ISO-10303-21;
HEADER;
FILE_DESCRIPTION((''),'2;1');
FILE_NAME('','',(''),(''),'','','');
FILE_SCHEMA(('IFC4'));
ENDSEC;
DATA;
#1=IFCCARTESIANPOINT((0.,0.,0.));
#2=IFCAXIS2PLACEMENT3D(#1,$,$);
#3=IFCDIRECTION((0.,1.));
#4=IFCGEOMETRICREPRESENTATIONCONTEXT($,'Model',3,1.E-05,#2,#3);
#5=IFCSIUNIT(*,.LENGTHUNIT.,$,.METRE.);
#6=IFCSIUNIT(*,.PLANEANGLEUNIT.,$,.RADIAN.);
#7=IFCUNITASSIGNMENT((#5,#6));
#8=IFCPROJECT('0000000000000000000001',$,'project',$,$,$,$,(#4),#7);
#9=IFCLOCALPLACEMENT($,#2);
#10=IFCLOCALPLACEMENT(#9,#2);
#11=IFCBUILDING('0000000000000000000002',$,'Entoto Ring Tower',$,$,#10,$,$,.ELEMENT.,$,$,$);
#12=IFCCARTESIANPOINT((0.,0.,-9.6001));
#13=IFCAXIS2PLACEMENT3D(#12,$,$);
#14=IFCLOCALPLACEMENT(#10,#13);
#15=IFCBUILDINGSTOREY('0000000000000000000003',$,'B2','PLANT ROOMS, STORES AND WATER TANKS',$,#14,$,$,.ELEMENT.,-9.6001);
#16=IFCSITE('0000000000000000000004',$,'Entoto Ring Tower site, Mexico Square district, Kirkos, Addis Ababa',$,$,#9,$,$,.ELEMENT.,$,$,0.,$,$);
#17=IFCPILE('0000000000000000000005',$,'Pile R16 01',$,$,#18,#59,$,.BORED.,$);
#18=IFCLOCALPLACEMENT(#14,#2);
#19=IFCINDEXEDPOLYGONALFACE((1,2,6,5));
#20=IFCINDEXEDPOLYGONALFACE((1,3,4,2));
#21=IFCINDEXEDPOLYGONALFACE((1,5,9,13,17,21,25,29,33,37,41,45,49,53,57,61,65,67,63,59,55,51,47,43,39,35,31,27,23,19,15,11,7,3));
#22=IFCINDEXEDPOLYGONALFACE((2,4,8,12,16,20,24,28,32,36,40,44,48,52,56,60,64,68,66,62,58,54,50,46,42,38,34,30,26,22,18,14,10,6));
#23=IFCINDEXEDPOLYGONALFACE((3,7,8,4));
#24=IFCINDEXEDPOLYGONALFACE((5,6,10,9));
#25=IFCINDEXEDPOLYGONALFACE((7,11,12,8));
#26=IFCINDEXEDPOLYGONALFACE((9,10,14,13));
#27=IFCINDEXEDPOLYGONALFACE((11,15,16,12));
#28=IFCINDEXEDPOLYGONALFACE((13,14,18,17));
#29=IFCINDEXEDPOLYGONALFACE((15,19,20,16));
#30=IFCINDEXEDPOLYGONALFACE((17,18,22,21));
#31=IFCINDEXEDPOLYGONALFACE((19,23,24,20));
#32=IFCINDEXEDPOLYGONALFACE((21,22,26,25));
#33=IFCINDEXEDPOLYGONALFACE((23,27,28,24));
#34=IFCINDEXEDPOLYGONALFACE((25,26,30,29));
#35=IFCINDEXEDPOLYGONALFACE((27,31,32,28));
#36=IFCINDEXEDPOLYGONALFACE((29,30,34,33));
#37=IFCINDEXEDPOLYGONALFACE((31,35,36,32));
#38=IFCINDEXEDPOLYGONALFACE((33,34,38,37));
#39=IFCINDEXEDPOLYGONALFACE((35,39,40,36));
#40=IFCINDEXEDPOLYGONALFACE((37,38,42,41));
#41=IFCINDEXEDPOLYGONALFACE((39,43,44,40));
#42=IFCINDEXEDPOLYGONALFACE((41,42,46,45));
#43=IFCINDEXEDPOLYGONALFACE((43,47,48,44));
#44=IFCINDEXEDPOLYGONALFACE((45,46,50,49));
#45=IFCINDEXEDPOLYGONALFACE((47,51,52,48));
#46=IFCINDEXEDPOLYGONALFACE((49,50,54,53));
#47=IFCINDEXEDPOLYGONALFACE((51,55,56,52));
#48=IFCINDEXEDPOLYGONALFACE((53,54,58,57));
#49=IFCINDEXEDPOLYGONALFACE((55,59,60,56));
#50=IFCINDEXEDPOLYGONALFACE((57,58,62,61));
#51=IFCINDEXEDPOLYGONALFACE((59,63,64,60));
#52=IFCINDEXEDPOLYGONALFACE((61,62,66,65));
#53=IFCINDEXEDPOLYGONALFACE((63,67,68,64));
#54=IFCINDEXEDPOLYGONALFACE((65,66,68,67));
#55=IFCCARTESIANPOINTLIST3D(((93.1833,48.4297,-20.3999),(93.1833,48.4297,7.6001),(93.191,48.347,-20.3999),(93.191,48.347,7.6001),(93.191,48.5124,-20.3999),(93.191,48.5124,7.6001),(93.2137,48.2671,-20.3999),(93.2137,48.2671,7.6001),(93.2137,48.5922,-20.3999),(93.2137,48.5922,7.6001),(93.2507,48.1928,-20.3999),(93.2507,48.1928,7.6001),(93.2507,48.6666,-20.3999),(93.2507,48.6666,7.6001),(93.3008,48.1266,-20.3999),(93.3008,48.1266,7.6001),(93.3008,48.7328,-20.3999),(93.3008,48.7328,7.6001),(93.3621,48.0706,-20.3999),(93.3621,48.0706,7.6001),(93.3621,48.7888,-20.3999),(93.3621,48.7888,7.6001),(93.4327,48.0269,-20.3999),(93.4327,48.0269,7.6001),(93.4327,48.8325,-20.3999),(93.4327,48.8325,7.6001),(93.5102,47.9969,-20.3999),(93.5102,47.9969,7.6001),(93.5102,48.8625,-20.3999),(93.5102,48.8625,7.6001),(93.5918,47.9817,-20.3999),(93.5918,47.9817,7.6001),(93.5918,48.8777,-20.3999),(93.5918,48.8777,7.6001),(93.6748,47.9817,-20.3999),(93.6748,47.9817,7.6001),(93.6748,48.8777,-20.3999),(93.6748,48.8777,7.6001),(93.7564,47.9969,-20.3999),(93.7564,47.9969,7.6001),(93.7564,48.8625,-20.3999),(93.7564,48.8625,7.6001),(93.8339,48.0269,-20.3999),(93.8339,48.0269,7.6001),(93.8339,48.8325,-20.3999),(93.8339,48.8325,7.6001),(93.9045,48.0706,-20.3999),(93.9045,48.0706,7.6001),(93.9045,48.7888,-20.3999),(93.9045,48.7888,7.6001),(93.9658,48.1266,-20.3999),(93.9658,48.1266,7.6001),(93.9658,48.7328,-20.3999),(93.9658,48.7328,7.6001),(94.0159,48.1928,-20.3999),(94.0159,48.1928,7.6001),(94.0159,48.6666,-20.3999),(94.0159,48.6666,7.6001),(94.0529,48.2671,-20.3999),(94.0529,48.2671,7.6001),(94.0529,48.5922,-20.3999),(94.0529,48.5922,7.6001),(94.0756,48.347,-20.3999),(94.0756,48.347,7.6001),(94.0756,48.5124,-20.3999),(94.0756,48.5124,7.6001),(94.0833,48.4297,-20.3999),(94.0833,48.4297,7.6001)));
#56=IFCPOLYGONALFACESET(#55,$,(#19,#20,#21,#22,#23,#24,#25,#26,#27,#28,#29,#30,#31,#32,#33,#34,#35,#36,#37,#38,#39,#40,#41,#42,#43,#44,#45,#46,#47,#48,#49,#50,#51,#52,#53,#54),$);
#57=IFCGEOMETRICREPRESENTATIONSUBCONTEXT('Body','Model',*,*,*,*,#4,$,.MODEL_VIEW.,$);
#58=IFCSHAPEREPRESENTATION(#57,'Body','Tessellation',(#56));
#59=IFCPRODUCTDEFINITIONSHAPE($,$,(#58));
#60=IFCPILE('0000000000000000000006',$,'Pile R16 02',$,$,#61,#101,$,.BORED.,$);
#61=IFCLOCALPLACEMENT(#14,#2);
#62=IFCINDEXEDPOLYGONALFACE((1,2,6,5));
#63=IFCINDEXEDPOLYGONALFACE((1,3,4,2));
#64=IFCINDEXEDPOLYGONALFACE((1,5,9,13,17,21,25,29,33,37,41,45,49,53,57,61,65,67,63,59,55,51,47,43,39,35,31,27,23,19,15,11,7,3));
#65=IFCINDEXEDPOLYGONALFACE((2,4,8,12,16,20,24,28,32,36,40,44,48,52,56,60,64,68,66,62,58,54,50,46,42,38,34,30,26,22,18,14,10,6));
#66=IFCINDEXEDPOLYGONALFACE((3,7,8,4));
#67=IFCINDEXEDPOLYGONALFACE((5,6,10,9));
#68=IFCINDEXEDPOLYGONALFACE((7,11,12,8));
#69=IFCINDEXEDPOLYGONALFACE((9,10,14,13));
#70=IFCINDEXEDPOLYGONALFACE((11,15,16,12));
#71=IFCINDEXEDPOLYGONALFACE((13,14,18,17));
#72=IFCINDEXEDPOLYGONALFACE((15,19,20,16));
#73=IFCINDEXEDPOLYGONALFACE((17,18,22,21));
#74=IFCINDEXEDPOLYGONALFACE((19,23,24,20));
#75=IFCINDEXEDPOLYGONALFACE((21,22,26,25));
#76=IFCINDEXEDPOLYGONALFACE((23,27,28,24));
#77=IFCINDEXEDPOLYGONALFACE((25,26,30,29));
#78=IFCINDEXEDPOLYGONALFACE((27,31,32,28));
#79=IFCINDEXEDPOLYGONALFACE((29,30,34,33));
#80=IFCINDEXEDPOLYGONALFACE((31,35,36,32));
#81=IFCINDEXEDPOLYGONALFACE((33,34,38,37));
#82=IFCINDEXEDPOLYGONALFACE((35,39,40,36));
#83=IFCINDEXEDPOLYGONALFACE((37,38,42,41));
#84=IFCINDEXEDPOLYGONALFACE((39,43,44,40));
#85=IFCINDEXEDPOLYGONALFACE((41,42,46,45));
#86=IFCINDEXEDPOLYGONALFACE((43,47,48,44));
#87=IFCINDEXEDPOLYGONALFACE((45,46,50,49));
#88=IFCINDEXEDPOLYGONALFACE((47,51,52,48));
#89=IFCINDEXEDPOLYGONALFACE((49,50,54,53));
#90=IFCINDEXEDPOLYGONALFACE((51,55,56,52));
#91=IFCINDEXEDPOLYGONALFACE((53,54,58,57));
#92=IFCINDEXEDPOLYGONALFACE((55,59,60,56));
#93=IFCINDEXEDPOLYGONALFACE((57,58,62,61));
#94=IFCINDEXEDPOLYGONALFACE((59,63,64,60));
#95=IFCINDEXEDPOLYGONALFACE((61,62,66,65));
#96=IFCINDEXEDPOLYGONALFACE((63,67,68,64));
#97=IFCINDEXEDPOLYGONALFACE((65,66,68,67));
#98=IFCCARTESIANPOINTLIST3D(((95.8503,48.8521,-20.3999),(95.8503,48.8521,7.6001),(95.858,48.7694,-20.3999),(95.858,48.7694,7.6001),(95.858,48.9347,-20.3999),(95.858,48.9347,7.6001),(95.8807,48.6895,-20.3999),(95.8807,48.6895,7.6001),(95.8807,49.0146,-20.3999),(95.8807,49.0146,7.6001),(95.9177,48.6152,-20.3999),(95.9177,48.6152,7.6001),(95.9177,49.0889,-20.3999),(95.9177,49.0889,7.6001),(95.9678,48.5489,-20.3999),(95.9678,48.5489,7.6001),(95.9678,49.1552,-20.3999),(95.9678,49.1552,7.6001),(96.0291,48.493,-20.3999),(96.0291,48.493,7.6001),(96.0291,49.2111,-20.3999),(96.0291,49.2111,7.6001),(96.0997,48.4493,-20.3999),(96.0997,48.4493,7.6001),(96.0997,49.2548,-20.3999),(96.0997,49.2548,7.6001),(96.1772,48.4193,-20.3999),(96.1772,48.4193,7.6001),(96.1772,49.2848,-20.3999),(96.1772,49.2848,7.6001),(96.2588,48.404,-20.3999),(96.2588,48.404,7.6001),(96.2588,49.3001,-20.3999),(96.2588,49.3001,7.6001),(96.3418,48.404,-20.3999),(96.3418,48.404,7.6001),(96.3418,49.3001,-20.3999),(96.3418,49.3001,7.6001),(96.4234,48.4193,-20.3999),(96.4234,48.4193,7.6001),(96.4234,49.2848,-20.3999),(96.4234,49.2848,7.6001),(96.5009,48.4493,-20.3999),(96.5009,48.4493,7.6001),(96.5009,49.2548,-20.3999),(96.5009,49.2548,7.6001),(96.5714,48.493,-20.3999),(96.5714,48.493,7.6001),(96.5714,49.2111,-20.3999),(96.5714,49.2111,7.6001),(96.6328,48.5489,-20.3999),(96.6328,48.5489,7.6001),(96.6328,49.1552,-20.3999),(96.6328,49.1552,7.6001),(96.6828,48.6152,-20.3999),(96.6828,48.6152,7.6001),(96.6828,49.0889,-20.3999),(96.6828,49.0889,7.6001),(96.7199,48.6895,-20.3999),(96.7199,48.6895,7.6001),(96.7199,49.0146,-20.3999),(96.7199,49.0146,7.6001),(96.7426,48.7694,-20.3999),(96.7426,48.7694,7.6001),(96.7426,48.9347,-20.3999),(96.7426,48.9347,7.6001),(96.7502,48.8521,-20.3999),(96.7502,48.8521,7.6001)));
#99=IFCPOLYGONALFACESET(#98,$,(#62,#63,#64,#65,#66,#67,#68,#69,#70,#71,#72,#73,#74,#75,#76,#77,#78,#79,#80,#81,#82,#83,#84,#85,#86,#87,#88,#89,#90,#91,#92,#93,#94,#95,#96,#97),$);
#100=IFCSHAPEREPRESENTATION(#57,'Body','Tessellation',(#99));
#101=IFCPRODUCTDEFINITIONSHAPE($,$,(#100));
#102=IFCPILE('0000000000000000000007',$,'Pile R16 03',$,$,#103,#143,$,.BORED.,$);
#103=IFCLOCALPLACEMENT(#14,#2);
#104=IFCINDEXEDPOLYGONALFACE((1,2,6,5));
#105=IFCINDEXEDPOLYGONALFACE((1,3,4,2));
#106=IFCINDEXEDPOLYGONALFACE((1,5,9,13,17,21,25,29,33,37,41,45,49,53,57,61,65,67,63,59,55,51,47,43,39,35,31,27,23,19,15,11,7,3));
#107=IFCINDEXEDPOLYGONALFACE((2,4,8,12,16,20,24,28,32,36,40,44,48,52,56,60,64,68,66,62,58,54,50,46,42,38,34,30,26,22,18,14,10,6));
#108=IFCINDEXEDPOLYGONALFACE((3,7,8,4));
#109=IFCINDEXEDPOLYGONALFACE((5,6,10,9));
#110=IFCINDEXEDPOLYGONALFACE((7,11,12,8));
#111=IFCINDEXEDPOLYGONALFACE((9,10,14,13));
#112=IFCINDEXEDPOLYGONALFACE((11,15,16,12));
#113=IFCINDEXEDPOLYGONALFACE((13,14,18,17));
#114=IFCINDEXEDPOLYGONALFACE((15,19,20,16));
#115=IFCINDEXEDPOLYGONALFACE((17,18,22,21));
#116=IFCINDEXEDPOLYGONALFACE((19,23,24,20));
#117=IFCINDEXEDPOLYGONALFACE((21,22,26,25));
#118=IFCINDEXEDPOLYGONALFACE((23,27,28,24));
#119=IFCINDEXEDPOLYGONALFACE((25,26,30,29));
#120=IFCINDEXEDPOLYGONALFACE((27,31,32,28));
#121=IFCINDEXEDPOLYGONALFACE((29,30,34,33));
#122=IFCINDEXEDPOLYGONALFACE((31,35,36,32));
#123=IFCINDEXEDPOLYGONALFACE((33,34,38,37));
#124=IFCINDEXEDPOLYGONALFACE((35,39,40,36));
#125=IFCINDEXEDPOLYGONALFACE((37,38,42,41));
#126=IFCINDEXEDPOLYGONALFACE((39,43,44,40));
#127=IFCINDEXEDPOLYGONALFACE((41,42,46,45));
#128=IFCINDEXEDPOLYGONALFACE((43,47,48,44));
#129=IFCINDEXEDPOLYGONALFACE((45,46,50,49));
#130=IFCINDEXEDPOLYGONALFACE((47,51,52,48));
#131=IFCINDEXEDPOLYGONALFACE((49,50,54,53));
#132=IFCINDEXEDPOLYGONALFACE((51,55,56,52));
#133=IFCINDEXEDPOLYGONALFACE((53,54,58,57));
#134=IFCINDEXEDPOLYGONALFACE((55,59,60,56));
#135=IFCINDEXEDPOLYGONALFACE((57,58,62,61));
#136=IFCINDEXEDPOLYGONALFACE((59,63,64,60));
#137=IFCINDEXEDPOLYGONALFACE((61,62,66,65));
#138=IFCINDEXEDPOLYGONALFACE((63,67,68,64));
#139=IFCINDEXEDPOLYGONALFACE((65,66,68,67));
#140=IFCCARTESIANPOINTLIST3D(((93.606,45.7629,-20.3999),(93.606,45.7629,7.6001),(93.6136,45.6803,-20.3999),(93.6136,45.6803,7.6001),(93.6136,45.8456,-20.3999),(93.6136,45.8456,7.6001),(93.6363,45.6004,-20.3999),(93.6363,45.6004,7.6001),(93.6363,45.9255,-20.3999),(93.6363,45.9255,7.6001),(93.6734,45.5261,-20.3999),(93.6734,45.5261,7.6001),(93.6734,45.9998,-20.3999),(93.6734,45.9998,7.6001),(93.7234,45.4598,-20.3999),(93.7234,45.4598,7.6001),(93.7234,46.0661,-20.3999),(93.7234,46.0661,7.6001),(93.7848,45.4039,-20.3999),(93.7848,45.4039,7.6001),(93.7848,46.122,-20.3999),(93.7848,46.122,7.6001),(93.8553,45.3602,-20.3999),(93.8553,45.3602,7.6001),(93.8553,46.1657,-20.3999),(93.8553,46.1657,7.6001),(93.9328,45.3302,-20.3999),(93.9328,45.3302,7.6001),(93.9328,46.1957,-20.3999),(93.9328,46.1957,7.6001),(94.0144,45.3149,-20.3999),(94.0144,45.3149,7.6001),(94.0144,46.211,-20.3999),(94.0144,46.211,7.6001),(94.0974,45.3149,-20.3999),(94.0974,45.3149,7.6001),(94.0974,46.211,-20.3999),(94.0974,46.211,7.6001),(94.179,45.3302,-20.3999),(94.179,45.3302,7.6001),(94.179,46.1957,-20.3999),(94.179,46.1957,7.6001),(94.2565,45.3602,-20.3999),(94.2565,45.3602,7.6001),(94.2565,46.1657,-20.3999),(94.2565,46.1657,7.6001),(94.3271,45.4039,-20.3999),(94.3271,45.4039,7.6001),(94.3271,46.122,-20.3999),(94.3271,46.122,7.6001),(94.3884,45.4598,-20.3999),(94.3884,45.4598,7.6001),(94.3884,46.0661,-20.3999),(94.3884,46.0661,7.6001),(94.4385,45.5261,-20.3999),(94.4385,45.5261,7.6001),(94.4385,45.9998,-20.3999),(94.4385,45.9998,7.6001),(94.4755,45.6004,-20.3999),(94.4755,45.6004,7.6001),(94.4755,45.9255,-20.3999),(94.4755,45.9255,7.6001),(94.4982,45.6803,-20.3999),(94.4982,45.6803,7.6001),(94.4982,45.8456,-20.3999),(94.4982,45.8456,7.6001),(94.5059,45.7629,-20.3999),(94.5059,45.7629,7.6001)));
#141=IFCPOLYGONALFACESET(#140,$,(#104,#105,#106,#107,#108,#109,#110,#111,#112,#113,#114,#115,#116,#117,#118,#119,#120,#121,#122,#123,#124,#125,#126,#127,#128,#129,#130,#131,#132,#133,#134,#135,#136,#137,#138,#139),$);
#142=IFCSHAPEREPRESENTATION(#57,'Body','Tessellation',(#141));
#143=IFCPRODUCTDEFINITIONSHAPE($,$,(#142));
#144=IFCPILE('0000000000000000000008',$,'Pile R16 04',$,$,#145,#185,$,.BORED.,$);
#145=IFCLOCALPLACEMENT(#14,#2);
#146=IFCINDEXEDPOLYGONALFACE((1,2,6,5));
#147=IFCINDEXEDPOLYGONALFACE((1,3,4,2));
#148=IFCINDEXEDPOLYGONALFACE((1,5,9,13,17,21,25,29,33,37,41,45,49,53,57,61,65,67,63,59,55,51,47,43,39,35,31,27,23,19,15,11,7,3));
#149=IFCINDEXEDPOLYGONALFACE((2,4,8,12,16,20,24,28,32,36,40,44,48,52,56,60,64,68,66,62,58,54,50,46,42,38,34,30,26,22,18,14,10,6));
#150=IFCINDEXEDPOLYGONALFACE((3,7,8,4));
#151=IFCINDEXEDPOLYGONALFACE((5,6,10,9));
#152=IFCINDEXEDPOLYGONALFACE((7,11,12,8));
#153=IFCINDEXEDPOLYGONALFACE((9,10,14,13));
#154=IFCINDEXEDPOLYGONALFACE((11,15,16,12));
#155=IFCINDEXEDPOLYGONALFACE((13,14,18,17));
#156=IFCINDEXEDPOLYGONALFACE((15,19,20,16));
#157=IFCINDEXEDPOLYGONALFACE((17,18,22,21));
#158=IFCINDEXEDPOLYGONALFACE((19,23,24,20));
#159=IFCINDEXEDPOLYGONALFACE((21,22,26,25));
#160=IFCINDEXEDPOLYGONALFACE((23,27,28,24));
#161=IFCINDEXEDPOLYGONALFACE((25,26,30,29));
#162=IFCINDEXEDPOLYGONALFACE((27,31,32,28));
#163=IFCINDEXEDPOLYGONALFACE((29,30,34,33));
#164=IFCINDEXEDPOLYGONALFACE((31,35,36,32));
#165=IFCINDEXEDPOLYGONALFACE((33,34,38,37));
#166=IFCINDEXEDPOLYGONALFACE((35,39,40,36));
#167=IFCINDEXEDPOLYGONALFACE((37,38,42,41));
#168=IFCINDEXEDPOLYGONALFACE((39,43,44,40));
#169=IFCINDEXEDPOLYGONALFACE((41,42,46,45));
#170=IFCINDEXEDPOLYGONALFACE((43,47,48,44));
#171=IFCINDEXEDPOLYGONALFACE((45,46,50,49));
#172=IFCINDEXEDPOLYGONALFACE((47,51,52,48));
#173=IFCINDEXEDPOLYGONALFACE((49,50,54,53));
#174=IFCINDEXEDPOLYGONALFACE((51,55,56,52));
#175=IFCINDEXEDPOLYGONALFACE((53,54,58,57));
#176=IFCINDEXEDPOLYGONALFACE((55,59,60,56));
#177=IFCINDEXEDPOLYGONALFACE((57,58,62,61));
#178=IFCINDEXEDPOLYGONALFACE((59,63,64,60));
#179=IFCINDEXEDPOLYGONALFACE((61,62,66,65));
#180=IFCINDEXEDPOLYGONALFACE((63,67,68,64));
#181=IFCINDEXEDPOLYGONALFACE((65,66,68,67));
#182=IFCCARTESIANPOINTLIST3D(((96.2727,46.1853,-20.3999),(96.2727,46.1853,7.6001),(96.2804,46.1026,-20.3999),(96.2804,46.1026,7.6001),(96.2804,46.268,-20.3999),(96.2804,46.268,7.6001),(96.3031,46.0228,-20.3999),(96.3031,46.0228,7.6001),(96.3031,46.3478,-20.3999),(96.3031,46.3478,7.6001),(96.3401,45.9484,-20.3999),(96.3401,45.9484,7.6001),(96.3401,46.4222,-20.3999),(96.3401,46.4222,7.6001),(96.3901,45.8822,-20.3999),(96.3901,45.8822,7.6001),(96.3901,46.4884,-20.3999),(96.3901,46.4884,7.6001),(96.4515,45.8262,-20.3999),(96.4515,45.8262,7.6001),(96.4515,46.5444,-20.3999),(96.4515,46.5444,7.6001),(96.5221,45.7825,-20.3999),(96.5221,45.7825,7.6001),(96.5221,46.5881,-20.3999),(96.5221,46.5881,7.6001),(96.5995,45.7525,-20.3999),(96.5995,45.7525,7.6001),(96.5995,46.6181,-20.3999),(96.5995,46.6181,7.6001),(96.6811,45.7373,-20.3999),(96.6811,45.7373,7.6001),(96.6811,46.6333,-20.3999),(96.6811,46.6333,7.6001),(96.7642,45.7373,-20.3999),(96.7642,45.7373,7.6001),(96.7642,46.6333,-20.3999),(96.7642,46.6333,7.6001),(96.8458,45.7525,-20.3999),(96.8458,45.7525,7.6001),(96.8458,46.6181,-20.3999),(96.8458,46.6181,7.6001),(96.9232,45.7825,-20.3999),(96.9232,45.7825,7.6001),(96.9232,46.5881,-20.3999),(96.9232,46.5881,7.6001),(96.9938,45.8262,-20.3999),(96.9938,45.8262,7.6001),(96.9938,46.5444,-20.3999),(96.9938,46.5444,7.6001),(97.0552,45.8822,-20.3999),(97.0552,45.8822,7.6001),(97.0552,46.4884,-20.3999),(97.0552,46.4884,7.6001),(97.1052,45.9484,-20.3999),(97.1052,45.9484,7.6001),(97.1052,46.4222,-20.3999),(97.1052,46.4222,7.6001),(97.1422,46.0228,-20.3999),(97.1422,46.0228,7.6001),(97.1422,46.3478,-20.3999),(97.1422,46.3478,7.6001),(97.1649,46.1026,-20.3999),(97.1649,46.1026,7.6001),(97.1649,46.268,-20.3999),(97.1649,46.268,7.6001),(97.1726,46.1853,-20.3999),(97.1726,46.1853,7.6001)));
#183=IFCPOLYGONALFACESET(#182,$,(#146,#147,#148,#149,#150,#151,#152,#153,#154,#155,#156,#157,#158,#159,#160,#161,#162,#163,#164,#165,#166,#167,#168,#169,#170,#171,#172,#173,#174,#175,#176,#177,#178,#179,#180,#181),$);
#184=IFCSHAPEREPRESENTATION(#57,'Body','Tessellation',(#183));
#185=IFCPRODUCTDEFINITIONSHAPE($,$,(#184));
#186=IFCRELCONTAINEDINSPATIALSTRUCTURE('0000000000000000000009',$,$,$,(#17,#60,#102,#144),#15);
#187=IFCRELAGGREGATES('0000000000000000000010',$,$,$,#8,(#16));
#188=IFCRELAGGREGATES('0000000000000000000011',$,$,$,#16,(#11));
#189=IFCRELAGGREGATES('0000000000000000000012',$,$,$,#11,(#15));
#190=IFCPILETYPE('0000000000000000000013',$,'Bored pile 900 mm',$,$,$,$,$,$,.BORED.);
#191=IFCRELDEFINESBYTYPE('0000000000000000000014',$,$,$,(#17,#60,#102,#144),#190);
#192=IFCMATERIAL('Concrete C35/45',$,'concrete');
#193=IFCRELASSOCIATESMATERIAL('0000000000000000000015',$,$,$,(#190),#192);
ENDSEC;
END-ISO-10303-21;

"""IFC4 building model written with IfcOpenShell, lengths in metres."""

from ifc_helpers import new_model, si_unit, direction, frame, origin, origin_2d, place, context, subcontext, project, spatial, circle, extrude, material, material_profile, profile_set, type_object, element, save


model = new_model("IFC4")

# Units and contexts
model_context = context("Model", 3, precision=1e-05, world=origin(), true_north=direction((0.0, 1.0)))
body_context = subcontext(model_context, "Body", "Model", "MODEL_VIEW")
ifc_project = project(units=[si_unit("LENGTHUNIT", "METRE"), si_unit("PLANEANGLEUNIT", "RADIAN")], contexts=[model_context])

# Site, building, storey
site_placement = place(None, origin())
site = spatial("IfcSite", under=ifc_project, at=site_placement, Name="Entoto Ring Tower site, Mexico Square district, Kirkos, Addis Ababa", CompositionType="ELEMENT", RefElevation=0.0)
building_placement = place(site_placement, origin())
building = spatial("IfcBuilding", under=site, at=building_placement, Name="Entoto Ring Tower", CompositionType="ELEMENT")
storey_placement = place(building_placement, frame((0.0, 0.0, -9.6001)))
storey = spatial("IfcBuildingStorey", under=building, at=storey_placement, Name="B2", Description="PLANT ROOMS, STORES AND WATER TANKS", CompositionType="ELEMENT", Elevation=-9.6001)

# Piles
ifc_material_1 = material(Name="Concrete C35/45", Category="concrete")
ifc_material_profile_1 = material_profile(ifc_material_1, circle(Radius=0.45, at=origin_2d()), Name="Bored pile 900 mm")
ifc_profile_set_1 = profile_set([ifc_material_profile_1], Name="Concrete C35/45")
pile_type_1 = type_object("IfcPileType", Name="Bored pile 900 mm", PredefinedType="BORED", material=ifc_profile_set_1)
for number, where, z_axis, x_axis, name in (
    (1, (93.6333, 48.4297, 7.6001), (0.0, 0.0, -1.0), (1.0, 0.0, 0.0), "Pile R16 01"),
    (2, (96.3003, 48.8521, 7.6001), (0.0, 0.0, -1.0), (1.0, 0.0, 0.0), "Pile R16 02"),
    (3, (94.0559, 45.7629, 7.6001), (0.0, 0.0, -1.0), (1.0, 0.0, 0.0), "Pile R16 03"),
    (4, (96.7227, 46.1853, 7.6001), (0.0, 0.0, -1.0), (1.0, 0.0, 0.0), "Pile R16 04"),
):
    element("IfcPile", number, at=place(storey_placement, frame(where, z_axis=z_axis, x_axis=x_axis)), inside=storey, type_object=pile_type_1, Name=name, PredefinedType="BORED", context=body_context, shape_type="SweptSolid", body=[
        extrude(circle(Radius=0.45, at=origin_2d()), origin(), (0.0, 0.0, 1.0), 28.0),
    ])

save(model, "model.ifc")
